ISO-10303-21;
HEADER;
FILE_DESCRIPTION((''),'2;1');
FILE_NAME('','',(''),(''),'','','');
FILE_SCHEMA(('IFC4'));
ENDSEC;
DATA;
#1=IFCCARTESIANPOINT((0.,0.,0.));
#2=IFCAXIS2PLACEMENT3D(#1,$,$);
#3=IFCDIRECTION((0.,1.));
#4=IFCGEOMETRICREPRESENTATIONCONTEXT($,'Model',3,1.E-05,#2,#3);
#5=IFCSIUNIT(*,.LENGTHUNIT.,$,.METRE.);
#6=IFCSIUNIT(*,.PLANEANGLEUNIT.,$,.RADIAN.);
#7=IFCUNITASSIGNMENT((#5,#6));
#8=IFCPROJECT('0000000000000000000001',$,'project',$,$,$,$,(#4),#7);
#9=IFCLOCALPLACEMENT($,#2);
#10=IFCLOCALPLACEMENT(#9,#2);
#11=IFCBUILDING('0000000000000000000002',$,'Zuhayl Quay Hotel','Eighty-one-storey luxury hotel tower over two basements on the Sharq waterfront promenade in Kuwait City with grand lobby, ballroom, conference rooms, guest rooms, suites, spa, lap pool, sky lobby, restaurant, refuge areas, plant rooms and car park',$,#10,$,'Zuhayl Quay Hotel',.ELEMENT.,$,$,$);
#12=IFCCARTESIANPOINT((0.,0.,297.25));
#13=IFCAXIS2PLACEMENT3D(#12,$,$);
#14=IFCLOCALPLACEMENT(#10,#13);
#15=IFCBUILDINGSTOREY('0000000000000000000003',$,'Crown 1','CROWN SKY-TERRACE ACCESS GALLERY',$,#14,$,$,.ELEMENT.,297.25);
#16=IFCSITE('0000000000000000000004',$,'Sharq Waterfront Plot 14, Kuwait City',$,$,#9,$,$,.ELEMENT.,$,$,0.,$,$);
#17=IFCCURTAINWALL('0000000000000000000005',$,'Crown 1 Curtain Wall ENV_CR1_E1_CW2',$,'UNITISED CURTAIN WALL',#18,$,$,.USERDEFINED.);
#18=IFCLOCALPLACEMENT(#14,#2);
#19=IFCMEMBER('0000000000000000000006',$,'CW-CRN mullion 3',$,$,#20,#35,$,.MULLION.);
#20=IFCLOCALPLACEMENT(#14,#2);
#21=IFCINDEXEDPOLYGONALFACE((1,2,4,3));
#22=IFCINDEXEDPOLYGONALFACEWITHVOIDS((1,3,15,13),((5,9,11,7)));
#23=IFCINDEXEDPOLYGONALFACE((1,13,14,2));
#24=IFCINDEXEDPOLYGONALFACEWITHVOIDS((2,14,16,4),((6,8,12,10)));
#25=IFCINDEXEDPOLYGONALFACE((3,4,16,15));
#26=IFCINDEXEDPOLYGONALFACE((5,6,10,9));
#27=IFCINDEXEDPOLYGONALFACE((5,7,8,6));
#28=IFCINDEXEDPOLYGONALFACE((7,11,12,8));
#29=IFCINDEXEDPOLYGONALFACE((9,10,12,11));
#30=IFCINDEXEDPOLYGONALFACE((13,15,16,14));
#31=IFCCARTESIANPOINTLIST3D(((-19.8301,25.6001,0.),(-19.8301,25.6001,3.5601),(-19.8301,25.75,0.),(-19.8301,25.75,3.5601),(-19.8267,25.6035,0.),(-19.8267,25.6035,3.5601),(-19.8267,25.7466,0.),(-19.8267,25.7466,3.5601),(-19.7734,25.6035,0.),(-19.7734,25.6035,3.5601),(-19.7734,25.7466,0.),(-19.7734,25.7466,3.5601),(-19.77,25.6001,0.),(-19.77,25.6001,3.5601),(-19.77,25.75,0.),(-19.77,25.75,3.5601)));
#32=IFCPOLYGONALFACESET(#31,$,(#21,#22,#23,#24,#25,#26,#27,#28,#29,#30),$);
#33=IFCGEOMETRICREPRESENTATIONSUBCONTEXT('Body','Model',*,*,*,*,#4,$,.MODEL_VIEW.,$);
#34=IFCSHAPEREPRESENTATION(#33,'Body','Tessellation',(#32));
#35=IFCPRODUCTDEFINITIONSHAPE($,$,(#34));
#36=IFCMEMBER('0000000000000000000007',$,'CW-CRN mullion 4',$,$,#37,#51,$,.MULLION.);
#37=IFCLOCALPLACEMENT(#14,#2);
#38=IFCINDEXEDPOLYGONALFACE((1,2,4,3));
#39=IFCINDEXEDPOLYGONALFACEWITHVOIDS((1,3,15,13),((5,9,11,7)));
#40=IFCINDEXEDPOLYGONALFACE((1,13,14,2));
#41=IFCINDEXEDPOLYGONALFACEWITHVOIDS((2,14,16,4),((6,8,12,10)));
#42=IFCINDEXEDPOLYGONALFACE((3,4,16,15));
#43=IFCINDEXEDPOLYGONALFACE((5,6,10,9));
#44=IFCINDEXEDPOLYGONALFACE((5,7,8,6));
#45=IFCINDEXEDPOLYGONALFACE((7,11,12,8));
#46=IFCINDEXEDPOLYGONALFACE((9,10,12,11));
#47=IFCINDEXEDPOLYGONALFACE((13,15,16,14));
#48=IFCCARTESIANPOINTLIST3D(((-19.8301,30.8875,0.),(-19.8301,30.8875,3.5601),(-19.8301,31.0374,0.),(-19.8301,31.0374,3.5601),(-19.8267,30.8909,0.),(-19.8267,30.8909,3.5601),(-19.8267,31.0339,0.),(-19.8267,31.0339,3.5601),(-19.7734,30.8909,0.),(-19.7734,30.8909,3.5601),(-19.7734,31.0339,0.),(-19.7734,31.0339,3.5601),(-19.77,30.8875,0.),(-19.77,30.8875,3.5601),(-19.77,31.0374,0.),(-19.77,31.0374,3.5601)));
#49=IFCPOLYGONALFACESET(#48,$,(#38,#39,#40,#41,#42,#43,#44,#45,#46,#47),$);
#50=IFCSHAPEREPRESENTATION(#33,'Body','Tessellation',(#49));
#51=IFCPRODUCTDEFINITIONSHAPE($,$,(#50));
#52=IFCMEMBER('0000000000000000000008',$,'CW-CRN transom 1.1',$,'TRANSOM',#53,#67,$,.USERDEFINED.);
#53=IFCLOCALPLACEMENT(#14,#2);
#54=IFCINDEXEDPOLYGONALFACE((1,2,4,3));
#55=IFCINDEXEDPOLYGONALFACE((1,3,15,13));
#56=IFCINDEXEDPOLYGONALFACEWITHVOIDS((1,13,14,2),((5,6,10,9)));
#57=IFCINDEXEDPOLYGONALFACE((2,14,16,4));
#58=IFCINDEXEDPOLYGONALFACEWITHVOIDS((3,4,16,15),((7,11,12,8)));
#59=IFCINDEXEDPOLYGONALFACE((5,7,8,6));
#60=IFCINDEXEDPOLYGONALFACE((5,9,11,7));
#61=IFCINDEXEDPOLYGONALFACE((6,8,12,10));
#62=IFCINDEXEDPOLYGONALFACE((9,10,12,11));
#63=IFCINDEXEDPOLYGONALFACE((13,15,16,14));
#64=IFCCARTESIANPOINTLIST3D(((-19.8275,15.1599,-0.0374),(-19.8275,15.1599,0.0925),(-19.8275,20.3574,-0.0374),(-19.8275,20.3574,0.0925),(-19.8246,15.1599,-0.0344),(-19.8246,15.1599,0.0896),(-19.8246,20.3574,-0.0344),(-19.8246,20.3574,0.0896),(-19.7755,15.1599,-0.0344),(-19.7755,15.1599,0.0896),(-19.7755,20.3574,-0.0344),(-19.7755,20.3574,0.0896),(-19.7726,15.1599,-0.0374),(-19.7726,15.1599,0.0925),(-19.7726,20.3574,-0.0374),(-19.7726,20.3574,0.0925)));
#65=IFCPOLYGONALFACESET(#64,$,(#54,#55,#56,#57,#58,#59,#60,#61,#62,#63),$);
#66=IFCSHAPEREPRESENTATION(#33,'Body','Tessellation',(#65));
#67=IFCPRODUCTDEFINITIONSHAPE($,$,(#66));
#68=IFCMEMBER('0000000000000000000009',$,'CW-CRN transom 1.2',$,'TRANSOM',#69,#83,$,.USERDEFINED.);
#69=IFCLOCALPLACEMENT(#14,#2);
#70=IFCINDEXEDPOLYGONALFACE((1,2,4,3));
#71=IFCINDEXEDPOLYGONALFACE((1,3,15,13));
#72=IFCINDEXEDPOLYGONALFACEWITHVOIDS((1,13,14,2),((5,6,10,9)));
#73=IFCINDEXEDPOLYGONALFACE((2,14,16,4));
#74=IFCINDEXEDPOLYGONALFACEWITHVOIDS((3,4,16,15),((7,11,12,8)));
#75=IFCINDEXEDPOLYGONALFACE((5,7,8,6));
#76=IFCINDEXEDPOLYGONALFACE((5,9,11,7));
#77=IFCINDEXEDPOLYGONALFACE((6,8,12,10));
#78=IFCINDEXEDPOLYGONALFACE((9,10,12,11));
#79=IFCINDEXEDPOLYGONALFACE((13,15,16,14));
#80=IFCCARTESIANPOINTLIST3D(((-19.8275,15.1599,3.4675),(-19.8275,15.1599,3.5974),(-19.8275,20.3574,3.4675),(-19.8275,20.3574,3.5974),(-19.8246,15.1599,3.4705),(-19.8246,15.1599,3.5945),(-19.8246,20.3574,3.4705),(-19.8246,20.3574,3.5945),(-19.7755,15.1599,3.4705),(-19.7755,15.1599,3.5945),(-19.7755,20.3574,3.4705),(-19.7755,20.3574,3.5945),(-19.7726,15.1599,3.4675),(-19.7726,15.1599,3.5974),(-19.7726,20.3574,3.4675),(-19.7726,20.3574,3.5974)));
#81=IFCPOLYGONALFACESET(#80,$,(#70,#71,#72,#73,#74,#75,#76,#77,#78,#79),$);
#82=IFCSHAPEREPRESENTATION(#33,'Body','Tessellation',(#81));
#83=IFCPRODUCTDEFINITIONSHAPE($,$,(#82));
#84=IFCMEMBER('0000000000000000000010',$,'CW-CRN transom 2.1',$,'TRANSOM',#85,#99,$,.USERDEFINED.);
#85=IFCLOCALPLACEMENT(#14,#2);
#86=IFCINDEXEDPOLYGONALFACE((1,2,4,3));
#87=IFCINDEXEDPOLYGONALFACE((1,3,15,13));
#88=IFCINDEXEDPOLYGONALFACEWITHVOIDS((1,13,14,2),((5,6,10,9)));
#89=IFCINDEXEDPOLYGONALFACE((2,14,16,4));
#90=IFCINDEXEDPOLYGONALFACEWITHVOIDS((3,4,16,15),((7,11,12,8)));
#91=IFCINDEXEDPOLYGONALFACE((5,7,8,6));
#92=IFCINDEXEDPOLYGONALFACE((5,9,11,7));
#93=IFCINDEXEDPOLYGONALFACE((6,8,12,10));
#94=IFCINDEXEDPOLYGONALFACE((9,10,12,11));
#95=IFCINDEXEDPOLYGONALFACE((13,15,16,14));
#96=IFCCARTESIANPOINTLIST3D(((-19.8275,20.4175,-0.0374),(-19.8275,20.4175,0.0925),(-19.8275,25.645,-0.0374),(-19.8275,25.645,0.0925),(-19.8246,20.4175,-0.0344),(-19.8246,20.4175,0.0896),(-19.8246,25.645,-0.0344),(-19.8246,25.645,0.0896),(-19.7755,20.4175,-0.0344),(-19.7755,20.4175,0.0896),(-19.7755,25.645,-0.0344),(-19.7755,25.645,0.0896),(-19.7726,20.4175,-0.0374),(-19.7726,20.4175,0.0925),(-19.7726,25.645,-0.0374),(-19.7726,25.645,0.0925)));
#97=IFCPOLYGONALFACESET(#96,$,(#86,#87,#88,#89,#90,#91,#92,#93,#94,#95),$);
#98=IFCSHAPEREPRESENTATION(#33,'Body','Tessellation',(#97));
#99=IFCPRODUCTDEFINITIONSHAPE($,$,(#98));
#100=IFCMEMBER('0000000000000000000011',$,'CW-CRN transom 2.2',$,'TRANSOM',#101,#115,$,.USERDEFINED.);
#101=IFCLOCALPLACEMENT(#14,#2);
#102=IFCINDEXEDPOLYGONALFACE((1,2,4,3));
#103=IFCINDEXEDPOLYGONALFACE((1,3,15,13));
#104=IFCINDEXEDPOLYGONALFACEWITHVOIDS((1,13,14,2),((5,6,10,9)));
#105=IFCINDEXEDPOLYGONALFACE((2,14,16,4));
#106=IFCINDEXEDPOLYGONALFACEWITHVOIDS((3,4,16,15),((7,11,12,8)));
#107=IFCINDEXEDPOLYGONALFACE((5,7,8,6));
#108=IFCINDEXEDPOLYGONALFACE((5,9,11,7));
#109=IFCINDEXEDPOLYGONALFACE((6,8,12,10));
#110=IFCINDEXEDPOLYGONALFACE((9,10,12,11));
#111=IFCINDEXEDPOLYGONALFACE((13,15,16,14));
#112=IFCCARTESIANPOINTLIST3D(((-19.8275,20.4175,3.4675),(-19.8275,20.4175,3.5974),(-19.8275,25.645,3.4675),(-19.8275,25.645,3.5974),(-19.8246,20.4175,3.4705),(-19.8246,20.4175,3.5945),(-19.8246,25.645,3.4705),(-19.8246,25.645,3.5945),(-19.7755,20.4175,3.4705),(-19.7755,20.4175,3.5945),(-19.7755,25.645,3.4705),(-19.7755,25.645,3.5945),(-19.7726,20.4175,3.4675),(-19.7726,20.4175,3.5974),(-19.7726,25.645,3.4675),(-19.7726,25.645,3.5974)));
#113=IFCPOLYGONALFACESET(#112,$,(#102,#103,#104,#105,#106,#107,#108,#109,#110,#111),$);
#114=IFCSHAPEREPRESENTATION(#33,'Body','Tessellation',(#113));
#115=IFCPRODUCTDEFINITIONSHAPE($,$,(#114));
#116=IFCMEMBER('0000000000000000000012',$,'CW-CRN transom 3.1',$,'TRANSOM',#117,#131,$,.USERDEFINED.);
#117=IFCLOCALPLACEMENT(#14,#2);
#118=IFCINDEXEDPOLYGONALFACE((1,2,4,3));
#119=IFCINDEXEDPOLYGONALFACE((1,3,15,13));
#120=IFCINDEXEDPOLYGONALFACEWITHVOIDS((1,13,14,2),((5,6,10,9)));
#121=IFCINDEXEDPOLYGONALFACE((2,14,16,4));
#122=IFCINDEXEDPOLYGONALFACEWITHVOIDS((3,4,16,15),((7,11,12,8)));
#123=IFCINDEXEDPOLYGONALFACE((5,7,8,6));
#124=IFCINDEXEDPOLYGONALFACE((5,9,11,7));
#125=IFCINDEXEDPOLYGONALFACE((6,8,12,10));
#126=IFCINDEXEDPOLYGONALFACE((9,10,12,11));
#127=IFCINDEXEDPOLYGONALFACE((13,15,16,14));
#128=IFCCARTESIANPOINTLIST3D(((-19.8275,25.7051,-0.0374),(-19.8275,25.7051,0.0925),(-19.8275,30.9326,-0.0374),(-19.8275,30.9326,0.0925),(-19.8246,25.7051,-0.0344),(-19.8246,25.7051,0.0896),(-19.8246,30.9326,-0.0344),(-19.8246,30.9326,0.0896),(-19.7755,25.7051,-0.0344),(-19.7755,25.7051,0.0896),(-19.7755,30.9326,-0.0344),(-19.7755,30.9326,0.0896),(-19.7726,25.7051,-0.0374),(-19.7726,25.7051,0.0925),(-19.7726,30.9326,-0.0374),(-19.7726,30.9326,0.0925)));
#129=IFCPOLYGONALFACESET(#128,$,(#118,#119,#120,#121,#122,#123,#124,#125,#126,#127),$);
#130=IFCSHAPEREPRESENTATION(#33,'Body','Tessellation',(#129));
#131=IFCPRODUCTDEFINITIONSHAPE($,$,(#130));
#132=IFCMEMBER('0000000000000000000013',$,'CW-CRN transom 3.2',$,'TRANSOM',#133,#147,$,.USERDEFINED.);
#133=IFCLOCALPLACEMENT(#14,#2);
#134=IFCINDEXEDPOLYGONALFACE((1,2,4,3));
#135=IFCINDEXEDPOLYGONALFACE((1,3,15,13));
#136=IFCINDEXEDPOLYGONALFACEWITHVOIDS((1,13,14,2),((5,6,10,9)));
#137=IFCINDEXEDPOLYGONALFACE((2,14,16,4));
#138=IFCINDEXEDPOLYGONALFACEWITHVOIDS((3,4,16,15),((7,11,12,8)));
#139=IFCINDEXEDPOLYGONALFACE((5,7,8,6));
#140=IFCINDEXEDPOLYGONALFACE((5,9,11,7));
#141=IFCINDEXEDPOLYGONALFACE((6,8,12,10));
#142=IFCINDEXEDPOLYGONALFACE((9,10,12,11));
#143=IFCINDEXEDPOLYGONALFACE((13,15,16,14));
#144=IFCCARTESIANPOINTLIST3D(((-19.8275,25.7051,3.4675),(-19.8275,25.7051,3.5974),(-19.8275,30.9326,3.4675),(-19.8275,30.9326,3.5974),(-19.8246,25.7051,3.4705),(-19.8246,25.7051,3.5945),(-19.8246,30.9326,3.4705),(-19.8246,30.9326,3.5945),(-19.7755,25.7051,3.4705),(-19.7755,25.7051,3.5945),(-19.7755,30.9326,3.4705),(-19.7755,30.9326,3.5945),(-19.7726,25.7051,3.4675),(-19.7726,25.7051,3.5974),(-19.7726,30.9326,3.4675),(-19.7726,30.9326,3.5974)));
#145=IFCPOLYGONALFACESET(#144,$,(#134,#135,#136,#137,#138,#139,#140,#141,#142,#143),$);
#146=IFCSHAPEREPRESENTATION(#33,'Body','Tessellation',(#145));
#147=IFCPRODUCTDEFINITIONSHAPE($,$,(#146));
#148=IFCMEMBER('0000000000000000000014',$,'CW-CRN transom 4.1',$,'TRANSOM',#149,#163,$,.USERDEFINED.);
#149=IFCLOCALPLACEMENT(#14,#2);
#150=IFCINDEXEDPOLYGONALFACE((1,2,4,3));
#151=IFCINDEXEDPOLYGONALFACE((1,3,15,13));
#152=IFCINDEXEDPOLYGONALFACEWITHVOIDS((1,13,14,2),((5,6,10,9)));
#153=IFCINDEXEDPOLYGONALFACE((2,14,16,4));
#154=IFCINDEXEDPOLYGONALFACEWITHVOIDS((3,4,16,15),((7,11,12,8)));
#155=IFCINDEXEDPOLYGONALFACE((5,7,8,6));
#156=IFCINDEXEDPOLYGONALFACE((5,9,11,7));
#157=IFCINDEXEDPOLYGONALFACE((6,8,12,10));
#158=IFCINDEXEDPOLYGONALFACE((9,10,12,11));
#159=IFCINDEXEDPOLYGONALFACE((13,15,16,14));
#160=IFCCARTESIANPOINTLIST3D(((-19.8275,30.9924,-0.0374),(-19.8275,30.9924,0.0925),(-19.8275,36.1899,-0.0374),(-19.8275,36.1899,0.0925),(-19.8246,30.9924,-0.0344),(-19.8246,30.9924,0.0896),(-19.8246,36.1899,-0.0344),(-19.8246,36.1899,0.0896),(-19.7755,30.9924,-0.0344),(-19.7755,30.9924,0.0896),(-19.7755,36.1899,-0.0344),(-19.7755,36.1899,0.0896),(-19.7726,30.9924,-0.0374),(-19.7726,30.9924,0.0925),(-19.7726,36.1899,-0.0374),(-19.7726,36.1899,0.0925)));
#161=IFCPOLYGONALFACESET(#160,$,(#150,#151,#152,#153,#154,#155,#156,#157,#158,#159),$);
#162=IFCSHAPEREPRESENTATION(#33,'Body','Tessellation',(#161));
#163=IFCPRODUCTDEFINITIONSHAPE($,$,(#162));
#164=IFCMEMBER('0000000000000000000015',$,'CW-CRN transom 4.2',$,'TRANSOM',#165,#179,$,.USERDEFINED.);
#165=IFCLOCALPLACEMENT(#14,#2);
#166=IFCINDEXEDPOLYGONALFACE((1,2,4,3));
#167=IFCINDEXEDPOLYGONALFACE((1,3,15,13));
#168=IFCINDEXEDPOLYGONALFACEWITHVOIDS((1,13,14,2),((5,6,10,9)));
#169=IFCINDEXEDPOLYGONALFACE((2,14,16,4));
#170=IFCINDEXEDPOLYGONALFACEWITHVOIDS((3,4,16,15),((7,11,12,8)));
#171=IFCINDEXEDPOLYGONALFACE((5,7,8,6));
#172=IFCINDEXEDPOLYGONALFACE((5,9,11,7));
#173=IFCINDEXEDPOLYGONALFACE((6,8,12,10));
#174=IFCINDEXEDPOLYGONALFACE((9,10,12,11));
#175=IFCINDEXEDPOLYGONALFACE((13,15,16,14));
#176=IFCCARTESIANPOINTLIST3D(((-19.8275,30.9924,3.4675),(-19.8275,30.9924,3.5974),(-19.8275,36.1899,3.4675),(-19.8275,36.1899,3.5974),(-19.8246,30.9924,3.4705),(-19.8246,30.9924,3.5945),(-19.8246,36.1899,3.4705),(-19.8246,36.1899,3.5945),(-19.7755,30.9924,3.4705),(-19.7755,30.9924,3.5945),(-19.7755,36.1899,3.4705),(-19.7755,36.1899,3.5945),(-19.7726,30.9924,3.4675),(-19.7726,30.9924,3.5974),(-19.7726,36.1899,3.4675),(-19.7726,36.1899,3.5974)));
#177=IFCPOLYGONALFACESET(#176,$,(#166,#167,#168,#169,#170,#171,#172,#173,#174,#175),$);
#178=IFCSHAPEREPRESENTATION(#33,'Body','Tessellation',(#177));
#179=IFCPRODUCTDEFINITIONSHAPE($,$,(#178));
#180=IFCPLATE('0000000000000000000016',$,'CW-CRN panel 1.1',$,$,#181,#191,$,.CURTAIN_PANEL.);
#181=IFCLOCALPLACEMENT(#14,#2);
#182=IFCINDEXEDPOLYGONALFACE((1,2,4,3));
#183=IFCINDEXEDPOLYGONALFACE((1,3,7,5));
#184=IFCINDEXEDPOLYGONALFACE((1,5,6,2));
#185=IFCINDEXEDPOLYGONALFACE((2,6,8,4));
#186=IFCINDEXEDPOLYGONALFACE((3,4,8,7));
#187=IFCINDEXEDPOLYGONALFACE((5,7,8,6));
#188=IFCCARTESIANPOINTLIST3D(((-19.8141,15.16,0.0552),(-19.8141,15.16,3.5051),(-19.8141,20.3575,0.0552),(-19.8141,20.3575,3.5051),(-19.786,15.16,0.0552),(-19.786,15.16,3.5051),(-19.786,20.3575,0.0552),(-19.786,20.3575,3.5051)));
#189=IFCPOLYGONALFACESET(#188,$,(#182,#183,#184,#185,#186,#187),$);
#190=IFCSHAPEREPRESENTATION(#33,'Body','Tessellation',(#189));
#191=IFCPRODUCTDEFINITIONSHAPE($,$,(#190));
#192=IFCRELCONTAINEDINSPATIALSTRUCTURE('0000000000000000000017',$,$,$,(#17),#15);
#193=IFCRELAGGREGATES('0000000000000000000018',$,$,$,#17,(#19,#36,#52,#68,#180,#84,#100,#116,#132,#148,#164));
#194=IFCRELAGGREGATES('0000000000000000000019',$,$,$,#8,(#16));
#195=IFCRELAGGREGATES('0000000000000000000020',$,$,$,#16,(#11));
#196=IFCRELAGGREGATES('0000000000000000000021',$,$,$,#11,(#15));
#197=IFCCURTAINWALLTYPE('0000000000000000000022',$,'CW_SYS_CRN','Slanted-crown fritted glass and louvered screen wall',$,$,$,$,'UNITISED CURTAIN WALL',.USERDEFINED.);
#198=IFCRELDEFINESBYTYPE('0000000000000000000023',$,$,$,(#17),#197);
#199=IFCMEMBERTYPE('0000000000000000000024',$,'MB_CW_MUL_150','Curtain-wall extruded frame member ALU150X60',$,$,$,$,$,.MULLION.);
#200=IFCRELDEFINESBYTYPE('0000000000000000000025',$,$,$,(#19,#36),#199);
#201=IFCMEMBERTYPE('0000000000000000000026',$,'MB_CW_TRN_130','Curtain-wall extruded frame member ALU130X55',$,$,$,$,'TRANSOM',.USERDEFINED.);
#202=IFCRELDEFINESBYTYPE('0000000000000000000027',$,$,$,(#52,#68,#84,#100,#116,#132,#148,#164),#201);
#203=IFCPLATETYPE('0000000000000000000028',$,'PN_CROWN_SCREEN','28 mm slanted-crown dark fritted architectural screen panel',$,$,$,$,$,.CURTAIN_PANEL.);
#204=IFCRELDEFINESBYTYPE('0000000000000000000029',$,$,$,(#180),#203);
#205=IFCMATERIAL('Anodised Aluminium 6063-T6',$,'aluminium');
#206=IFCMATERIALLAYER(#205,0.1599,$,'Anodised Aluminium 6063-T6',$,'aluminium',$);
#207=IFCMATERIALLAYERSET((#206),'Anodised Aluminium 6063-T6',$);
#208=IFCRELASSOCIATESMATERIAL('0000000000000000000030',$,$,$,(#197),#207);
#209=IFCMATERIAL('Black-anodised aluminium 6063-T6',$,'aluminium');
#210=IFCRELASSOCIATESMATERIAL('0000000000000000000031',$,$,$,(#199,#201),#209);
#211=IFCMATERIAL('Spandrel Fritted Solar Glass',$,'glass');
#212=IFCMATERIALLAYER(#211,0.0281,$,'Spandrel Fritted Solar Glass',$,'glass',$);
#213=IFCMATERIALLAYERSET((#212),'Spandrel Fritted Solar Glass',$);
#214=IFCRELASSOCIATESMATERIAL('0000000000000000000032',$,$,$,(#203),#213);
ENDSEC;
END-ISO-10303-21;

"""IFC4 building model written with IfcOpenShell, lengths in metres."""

from ifc_helpers import new_model, si_unit, direction, frame, origin, origin_2d, place, context, subcontext, project, spatial, rectangle, hollow_rectangle, extrude, material, layer, layer_set, material_profile, profile_set, type_object, element, aggregate, save


model = new_model("IFC4")

# Units and contexts
model_context = context("Model", 3, precision=1e-05, world=origin(), true_north=direction((0.0, 1.0)))
body_context = subcontext(model_context, "Body", "Model", "MODEL_VIEW")
ifc_project = project(units=[si_unit("LENGTHUNIT", "METRE"), si_unit("PLANEANGLEUNIT", "RADIAN")], contexts=[model_context])

# Site, building, storey
site_placement = place(None, origin())
site = spatial("IfcSite", under=ifc_project, at=site_placement, Name="Sharq Waterfront Plot 14, Kuwait City", CompositionType="ELEMENT", RefElevation=0.0)
building_placement = place(site_placement, origin())
building = spatial("IfcBuilding", under=site, at=building_placement, Name="Zuhayl Quay Hotel", Description="Eighty-one-storey luxury hotel tower over two basements on the Sharq waterfront promenade in Kuwait City with grand lobby, ballroom, conference rooms, guest rooms, suites, spa, lap pool, sky lobby, restaurant, refuge areas, plant rooms and car park", LongName="Zuhayl Quay Hotel", CompositionType="ELEMENT")
storey_placement = place(building_placement, frame((0.0, 0.0, 297.25)))
storey = spatial("IfcBuildingStorey", under=building, at=storey_placement, Name="Crown 1", Description="CROWN SKY-TERRACE ACCESS GALLERY", CompositionType="ELEMENT", Elevation=297.25)

# Shared definitions
ifc_material_1 = material(Name="Anodised Aluminium 6063-T6", Category="aluminium")
ifc_layer_1 = layer(ifc_material_1, 0.1599, Name="Anodised Aluminium 6063-T6", Category="aluminium")
ifc_layer_set_1 = layer_set([ifc_layer_1], Name="Anodised Aluminium 6063-T6")
curtain_wall_type = type_object("IfcCurtainWallType", Name="CW_SYS_CRN", Description="Slanted-crown fritted glass and louvered screen wall", ElementType="UNITISED CURTAIN WALL", PredefinedType="USERDEFINED", material=ifc_layer_set_1)
ifc_material_2 = material(Name="Black-anodised aluminium 6063-T6", Category="aluminium")
ifc_material_profile_1 = material_profile(ifc_material_2, hollow_rectangle(XDim=0.0601, YDim=0.1499, WallThickness=0.0034, at=origin_2d()), Name="ALU150X60")
ifc_profile_set_1 = profile_set([ifc_material_profile_1], Name="Black-anodised aluminium 6063-T6")
member_type_1 = type_object("IfcMemberType", Name="MB_CW_MUL_150", Description="Curtain-wall extruded frame member ALU150X60", PredefinedType="MULLION", material=ifc_profile_set_1)

# Curtain wall, members, plate
curtain_wall_1_placement = place(storey_placement, origin())
curtain_wall_1 = element("IfcCurtainWall", 1, at=curtain_wall_1_placement, inside=storey, type_object=curtain_wall_type, Name="Crown 1 Curtain Wall ENV_CR1_E1_CW2", ObjectType="UNITISED CURTAIN WALL", PredefinedType="USERDEFINED")
member_1_placement = place(storey_placement, frame((-19.8, 25.675, 0.0), z_axis=(0.0, 0.0, 1.0), x_axis=(-1.0, 0.0, 0.0)))
member_1 = element("IfcMember", 2, at=member_1_placement, type_object=member_type_1, Name="CW-CRN mullion 3", PredefinedType="MULLION", context=body_context, shape_type="SweptSolid", body=[
    extrude(hollow_rectangle(XDim=0.0601, YDim=0.1499, WallThickness=0.0034, at=origin_2d()), origin(), (0.0, 0.0, 1.0), 3.5601),
])
member_2_placement = place(storey_placement, frame((-19.8, 30.9624, 0.0), z_axis=(0.0, 0.0, 1.0), x_axis=(-1.0, 0.0, 0.0)))
member_2 = element("IfcMember", 3, at=member_2_placement, type_object=member_type_1, Name="CW-CRN mullion 4", PredefinedType="MULLION", context=body_context, shape_type="SweptSolid", body=[
    extrude(hollow_rectangle(XDim=0.0601, YDim=0.1499, WallThickness=0.0034, at=origin_2d()), origin(), (0.0, 0.0, 1.0), 3.5601),
])
ifc_material_profile_2 = material_profile(ifc_material_2, hollow_rectangle(XDim=0.0549, YDim=0.1299, WallThickness=0.0029, at=origin_2d()), Name="ALU130X55")
ifc_profile_set_2 = profile_set([ifc_material_profile_2], Name="Black-anodised aluminium 6063-T6")
member_type_2 = type_object("IfcMemberType", Name="MB_CW_TRN_130", Description="Curtain-wall extruded frame member ALU130X55", ElementType="TRANSOM", PredefinedType="USERDEFINED", material=ifc_profile_set_2)
member_3_placement = place(storey_placement, frame((-19.8, 15.1599, 0.0276), z_axis=(0.0, 1.0, 0.0), x_axis=(-1.0, 0.0, 0.0)))
member_3 = element("IfcMember", 4, at=member_3_placement, type_object=member_type_2, Name="CW-CRN transom 1.1", ObjectType="TRANSOM", PredefinedType="USERDEFINED", context=body_context, shape_type="SweptSolid", body=[
    extrude(hollow_rectangle(XDim=0.0549, YDim=0.1299, WallThickness=0.0029, at=origin_2d()), origin(), (0.0, 0.0, 1.0), 5.1975),
])
member_4_placement = place(storey_placement, frame((-19.8, 15.1599, 3.5325), z_axis=(0.0, 1.0, 0.0), x_axis=(-1.0, 0.0, 0.0)))
member_4 = element("IfcMember", 5, at=member_4_placement, type_object=member_type_2, Name="CW-CRN transom 1.2", ObjectType="TRANSOM", PredefinedType="USERDEFINED", context=body_context, shape_type="SweptSolid", body=[
    extrude(hollow_rectangle(XDim=0.0549, YDim=0.1299, WallThickness=0.0029, at=origin_2d()), origin(), (0.0, 0.0, 1.0), 5.1975),
])
member_5_placement = place(storey_placement, frame((-19.8, 20.4175, 0.0276), z_axis=(0.0, 1.0, 0.0), x_axis=(-1.0, 0.0, 0.0)))
member_5 = element("IfcMember", 6, at=member_5_placement, type_object=member_type_2, Name="CW-CRN transom 2.1", ObjectType="TRANSOM", PredefinedType="USERDEFINED", context=body_context, shape_type="SweptSolid", body=[
    extrude(hollow_rectangle(XDim=0.0549, YDim=0.1299, WallThickness=0.0029, at=origin_2d()), origin(), (0.0, 0.0, 1.0), 5.2275),
])
member_6_placement = place(storey_placement, frame((-19.8, 20.4175, 3.5325), z_axis=(0.0, 1.0, 0.0), x_axis=(-1.0, 0.0, 0.0)))
member_6 = element("IfcMember", 7, at=member_6_placement, type_object=member_type_2, Name="CW-CRN transom 2.2", ObjectType="TRANSOM", PredefinedType="USERDEFINED", context=body_context, shape_type="SweptSolid", body=[
    extrude(hollow_rectangle(XDim=0.0549, YDim=0.1299, WallThickness=0.0029, at=origin_2d()), origin(), (0.0, 0.0, 1.0), 5.2275),
])
member_7_placement = place(storey_placement, frame((-19.8, 25.7051, 0.0276), z_axis=(0.0, 1.0, 0.0), x_axis=(-1.0, 0.0, 0.0)))
member_7 = element("IfcMember", 8, at=member_7_placement, type_object=member_type_2, Name="CW-CRN transom 3.1", ObjectType="TRANSOM", PredefinedType="USERDEFINED", context=body_context, shape_type="SweptSolid", body=[
    extrude(hollow_rectangle(XDim=0.0549, YDim=0.1299, WallThickness=0.0029, at=origin_2d()), origin(), (0.0, 0.0, 1.0), 5.2275),
])
member_8_placement = place(storey_placement, frame((-19.8, 25.7051, 3.5325), z_axis=(0.0, 1.0, 0.0), x_axis=(-1.0, 0.0, 0.0)))
member_8 = element("IfcMember", 9, at=member_8_placement, type_object=member_type_2, Name="CW-CRN transom 3.2", ObjectType="TRANSOM", PredefinedType="USERDEFINED", context=body_context, shape_type="SweptSolid", body=[
    extrude(hollow_rectangle(XDim=0.0549, YDim=0.1299, WallThickness=0.0029, at=origin_2d()), origin(), (0.0, 0.0, 1.0), 5.2275),
])
member_9_placement = place(storey_placement, frame((-19.8, 30.9924, 0.0276), z_axis=(0.0, 1.0, 0.0), x_axis=(-1.0, 0.0, 0.0)))
member_9 = element("IfcMember", 10, at=member_9_placement, type_object=member_type_2, Name="CW-CRN transom 4.1", ObjectType="TRANSOM", PredefinedType="USERDEFINED", context=body_context, shape_type="SweptSolid", body=[
    extrude(hollow_rectangle(XDim=0.0549, YDim=0.1299, WallThickness=0.0029, at=origin_2d()), origin(), (0.0, 0.0, 1.0), 5.1975),
])
member_10_placement = place(storey_placement, frame((-19.8, 30.9924, 3.5325), z_axis=(0.0, 1.0, 0.0), x_axis=(-1.0, 0.0, 0.0)))
member_10 = element("IfcMember", 11, at=member_10_placement, type_object=member_type_2, Name="CW-CRN transom 4.2", ObjectType="TRANSOM", PredefinedType="USERDEFINED", context=body_context, shape_type="SweptSolid", body=[
    extrude(hollow_rectangle(XDim=0.0549, YDim=0.1299, WallThickness=0.0029, at=origin_2d()), origin(), (0.0, 0.0, 1.0), 5.1975),
])
ifc_material_3 = material(Name="Spandrel Fritted Solar Glass", Category="glass")
ifc_layer_2 = layer(ifc_material_3, 0.0281, Name="Spandrel Fritted Solar Glass", Category="glass")
ifc_layer_set_2 = layer_set([ifc_layer_2], Name="Spandrel Fritted Solar Glass")
plate_type = type_object("IfcPlateType", Name="PN_CROWN_SCREEN", Description="28 mm slanted-crown dark fritted architectural screen panel", PredefinedType="CURTAIN_PANEL", material=ifc_layer_set_2)
plate_1_placement = place(storey_placement, frame((-19.8, 17.7588, 0.0552), z_axis=(0.0, 0.0, 1.0), x_axis=(0.0, 1.0, 0.0)))
plate_1 = element("IfcPlate", 12, at=plate_1_placement, type_object=plate_type, Name="CW-CRN panel 1.1", PredefinedType="CURTAIN_PANEL", context=body_context, shape_type="SweptSolid", body=[
    extrude(rectangle(XDim=5.1975, YDim=0.0281, at=origin_2d()), origin(), (0.0, 0.0, 1.0), 3.45),
])
aggregate(curtain_wall_1, [member_1, member_2, member_3, member_4, plate_1, member_5, member_6, member_7, member_8, member_9, member_10])

save(model, "model.ifc")
